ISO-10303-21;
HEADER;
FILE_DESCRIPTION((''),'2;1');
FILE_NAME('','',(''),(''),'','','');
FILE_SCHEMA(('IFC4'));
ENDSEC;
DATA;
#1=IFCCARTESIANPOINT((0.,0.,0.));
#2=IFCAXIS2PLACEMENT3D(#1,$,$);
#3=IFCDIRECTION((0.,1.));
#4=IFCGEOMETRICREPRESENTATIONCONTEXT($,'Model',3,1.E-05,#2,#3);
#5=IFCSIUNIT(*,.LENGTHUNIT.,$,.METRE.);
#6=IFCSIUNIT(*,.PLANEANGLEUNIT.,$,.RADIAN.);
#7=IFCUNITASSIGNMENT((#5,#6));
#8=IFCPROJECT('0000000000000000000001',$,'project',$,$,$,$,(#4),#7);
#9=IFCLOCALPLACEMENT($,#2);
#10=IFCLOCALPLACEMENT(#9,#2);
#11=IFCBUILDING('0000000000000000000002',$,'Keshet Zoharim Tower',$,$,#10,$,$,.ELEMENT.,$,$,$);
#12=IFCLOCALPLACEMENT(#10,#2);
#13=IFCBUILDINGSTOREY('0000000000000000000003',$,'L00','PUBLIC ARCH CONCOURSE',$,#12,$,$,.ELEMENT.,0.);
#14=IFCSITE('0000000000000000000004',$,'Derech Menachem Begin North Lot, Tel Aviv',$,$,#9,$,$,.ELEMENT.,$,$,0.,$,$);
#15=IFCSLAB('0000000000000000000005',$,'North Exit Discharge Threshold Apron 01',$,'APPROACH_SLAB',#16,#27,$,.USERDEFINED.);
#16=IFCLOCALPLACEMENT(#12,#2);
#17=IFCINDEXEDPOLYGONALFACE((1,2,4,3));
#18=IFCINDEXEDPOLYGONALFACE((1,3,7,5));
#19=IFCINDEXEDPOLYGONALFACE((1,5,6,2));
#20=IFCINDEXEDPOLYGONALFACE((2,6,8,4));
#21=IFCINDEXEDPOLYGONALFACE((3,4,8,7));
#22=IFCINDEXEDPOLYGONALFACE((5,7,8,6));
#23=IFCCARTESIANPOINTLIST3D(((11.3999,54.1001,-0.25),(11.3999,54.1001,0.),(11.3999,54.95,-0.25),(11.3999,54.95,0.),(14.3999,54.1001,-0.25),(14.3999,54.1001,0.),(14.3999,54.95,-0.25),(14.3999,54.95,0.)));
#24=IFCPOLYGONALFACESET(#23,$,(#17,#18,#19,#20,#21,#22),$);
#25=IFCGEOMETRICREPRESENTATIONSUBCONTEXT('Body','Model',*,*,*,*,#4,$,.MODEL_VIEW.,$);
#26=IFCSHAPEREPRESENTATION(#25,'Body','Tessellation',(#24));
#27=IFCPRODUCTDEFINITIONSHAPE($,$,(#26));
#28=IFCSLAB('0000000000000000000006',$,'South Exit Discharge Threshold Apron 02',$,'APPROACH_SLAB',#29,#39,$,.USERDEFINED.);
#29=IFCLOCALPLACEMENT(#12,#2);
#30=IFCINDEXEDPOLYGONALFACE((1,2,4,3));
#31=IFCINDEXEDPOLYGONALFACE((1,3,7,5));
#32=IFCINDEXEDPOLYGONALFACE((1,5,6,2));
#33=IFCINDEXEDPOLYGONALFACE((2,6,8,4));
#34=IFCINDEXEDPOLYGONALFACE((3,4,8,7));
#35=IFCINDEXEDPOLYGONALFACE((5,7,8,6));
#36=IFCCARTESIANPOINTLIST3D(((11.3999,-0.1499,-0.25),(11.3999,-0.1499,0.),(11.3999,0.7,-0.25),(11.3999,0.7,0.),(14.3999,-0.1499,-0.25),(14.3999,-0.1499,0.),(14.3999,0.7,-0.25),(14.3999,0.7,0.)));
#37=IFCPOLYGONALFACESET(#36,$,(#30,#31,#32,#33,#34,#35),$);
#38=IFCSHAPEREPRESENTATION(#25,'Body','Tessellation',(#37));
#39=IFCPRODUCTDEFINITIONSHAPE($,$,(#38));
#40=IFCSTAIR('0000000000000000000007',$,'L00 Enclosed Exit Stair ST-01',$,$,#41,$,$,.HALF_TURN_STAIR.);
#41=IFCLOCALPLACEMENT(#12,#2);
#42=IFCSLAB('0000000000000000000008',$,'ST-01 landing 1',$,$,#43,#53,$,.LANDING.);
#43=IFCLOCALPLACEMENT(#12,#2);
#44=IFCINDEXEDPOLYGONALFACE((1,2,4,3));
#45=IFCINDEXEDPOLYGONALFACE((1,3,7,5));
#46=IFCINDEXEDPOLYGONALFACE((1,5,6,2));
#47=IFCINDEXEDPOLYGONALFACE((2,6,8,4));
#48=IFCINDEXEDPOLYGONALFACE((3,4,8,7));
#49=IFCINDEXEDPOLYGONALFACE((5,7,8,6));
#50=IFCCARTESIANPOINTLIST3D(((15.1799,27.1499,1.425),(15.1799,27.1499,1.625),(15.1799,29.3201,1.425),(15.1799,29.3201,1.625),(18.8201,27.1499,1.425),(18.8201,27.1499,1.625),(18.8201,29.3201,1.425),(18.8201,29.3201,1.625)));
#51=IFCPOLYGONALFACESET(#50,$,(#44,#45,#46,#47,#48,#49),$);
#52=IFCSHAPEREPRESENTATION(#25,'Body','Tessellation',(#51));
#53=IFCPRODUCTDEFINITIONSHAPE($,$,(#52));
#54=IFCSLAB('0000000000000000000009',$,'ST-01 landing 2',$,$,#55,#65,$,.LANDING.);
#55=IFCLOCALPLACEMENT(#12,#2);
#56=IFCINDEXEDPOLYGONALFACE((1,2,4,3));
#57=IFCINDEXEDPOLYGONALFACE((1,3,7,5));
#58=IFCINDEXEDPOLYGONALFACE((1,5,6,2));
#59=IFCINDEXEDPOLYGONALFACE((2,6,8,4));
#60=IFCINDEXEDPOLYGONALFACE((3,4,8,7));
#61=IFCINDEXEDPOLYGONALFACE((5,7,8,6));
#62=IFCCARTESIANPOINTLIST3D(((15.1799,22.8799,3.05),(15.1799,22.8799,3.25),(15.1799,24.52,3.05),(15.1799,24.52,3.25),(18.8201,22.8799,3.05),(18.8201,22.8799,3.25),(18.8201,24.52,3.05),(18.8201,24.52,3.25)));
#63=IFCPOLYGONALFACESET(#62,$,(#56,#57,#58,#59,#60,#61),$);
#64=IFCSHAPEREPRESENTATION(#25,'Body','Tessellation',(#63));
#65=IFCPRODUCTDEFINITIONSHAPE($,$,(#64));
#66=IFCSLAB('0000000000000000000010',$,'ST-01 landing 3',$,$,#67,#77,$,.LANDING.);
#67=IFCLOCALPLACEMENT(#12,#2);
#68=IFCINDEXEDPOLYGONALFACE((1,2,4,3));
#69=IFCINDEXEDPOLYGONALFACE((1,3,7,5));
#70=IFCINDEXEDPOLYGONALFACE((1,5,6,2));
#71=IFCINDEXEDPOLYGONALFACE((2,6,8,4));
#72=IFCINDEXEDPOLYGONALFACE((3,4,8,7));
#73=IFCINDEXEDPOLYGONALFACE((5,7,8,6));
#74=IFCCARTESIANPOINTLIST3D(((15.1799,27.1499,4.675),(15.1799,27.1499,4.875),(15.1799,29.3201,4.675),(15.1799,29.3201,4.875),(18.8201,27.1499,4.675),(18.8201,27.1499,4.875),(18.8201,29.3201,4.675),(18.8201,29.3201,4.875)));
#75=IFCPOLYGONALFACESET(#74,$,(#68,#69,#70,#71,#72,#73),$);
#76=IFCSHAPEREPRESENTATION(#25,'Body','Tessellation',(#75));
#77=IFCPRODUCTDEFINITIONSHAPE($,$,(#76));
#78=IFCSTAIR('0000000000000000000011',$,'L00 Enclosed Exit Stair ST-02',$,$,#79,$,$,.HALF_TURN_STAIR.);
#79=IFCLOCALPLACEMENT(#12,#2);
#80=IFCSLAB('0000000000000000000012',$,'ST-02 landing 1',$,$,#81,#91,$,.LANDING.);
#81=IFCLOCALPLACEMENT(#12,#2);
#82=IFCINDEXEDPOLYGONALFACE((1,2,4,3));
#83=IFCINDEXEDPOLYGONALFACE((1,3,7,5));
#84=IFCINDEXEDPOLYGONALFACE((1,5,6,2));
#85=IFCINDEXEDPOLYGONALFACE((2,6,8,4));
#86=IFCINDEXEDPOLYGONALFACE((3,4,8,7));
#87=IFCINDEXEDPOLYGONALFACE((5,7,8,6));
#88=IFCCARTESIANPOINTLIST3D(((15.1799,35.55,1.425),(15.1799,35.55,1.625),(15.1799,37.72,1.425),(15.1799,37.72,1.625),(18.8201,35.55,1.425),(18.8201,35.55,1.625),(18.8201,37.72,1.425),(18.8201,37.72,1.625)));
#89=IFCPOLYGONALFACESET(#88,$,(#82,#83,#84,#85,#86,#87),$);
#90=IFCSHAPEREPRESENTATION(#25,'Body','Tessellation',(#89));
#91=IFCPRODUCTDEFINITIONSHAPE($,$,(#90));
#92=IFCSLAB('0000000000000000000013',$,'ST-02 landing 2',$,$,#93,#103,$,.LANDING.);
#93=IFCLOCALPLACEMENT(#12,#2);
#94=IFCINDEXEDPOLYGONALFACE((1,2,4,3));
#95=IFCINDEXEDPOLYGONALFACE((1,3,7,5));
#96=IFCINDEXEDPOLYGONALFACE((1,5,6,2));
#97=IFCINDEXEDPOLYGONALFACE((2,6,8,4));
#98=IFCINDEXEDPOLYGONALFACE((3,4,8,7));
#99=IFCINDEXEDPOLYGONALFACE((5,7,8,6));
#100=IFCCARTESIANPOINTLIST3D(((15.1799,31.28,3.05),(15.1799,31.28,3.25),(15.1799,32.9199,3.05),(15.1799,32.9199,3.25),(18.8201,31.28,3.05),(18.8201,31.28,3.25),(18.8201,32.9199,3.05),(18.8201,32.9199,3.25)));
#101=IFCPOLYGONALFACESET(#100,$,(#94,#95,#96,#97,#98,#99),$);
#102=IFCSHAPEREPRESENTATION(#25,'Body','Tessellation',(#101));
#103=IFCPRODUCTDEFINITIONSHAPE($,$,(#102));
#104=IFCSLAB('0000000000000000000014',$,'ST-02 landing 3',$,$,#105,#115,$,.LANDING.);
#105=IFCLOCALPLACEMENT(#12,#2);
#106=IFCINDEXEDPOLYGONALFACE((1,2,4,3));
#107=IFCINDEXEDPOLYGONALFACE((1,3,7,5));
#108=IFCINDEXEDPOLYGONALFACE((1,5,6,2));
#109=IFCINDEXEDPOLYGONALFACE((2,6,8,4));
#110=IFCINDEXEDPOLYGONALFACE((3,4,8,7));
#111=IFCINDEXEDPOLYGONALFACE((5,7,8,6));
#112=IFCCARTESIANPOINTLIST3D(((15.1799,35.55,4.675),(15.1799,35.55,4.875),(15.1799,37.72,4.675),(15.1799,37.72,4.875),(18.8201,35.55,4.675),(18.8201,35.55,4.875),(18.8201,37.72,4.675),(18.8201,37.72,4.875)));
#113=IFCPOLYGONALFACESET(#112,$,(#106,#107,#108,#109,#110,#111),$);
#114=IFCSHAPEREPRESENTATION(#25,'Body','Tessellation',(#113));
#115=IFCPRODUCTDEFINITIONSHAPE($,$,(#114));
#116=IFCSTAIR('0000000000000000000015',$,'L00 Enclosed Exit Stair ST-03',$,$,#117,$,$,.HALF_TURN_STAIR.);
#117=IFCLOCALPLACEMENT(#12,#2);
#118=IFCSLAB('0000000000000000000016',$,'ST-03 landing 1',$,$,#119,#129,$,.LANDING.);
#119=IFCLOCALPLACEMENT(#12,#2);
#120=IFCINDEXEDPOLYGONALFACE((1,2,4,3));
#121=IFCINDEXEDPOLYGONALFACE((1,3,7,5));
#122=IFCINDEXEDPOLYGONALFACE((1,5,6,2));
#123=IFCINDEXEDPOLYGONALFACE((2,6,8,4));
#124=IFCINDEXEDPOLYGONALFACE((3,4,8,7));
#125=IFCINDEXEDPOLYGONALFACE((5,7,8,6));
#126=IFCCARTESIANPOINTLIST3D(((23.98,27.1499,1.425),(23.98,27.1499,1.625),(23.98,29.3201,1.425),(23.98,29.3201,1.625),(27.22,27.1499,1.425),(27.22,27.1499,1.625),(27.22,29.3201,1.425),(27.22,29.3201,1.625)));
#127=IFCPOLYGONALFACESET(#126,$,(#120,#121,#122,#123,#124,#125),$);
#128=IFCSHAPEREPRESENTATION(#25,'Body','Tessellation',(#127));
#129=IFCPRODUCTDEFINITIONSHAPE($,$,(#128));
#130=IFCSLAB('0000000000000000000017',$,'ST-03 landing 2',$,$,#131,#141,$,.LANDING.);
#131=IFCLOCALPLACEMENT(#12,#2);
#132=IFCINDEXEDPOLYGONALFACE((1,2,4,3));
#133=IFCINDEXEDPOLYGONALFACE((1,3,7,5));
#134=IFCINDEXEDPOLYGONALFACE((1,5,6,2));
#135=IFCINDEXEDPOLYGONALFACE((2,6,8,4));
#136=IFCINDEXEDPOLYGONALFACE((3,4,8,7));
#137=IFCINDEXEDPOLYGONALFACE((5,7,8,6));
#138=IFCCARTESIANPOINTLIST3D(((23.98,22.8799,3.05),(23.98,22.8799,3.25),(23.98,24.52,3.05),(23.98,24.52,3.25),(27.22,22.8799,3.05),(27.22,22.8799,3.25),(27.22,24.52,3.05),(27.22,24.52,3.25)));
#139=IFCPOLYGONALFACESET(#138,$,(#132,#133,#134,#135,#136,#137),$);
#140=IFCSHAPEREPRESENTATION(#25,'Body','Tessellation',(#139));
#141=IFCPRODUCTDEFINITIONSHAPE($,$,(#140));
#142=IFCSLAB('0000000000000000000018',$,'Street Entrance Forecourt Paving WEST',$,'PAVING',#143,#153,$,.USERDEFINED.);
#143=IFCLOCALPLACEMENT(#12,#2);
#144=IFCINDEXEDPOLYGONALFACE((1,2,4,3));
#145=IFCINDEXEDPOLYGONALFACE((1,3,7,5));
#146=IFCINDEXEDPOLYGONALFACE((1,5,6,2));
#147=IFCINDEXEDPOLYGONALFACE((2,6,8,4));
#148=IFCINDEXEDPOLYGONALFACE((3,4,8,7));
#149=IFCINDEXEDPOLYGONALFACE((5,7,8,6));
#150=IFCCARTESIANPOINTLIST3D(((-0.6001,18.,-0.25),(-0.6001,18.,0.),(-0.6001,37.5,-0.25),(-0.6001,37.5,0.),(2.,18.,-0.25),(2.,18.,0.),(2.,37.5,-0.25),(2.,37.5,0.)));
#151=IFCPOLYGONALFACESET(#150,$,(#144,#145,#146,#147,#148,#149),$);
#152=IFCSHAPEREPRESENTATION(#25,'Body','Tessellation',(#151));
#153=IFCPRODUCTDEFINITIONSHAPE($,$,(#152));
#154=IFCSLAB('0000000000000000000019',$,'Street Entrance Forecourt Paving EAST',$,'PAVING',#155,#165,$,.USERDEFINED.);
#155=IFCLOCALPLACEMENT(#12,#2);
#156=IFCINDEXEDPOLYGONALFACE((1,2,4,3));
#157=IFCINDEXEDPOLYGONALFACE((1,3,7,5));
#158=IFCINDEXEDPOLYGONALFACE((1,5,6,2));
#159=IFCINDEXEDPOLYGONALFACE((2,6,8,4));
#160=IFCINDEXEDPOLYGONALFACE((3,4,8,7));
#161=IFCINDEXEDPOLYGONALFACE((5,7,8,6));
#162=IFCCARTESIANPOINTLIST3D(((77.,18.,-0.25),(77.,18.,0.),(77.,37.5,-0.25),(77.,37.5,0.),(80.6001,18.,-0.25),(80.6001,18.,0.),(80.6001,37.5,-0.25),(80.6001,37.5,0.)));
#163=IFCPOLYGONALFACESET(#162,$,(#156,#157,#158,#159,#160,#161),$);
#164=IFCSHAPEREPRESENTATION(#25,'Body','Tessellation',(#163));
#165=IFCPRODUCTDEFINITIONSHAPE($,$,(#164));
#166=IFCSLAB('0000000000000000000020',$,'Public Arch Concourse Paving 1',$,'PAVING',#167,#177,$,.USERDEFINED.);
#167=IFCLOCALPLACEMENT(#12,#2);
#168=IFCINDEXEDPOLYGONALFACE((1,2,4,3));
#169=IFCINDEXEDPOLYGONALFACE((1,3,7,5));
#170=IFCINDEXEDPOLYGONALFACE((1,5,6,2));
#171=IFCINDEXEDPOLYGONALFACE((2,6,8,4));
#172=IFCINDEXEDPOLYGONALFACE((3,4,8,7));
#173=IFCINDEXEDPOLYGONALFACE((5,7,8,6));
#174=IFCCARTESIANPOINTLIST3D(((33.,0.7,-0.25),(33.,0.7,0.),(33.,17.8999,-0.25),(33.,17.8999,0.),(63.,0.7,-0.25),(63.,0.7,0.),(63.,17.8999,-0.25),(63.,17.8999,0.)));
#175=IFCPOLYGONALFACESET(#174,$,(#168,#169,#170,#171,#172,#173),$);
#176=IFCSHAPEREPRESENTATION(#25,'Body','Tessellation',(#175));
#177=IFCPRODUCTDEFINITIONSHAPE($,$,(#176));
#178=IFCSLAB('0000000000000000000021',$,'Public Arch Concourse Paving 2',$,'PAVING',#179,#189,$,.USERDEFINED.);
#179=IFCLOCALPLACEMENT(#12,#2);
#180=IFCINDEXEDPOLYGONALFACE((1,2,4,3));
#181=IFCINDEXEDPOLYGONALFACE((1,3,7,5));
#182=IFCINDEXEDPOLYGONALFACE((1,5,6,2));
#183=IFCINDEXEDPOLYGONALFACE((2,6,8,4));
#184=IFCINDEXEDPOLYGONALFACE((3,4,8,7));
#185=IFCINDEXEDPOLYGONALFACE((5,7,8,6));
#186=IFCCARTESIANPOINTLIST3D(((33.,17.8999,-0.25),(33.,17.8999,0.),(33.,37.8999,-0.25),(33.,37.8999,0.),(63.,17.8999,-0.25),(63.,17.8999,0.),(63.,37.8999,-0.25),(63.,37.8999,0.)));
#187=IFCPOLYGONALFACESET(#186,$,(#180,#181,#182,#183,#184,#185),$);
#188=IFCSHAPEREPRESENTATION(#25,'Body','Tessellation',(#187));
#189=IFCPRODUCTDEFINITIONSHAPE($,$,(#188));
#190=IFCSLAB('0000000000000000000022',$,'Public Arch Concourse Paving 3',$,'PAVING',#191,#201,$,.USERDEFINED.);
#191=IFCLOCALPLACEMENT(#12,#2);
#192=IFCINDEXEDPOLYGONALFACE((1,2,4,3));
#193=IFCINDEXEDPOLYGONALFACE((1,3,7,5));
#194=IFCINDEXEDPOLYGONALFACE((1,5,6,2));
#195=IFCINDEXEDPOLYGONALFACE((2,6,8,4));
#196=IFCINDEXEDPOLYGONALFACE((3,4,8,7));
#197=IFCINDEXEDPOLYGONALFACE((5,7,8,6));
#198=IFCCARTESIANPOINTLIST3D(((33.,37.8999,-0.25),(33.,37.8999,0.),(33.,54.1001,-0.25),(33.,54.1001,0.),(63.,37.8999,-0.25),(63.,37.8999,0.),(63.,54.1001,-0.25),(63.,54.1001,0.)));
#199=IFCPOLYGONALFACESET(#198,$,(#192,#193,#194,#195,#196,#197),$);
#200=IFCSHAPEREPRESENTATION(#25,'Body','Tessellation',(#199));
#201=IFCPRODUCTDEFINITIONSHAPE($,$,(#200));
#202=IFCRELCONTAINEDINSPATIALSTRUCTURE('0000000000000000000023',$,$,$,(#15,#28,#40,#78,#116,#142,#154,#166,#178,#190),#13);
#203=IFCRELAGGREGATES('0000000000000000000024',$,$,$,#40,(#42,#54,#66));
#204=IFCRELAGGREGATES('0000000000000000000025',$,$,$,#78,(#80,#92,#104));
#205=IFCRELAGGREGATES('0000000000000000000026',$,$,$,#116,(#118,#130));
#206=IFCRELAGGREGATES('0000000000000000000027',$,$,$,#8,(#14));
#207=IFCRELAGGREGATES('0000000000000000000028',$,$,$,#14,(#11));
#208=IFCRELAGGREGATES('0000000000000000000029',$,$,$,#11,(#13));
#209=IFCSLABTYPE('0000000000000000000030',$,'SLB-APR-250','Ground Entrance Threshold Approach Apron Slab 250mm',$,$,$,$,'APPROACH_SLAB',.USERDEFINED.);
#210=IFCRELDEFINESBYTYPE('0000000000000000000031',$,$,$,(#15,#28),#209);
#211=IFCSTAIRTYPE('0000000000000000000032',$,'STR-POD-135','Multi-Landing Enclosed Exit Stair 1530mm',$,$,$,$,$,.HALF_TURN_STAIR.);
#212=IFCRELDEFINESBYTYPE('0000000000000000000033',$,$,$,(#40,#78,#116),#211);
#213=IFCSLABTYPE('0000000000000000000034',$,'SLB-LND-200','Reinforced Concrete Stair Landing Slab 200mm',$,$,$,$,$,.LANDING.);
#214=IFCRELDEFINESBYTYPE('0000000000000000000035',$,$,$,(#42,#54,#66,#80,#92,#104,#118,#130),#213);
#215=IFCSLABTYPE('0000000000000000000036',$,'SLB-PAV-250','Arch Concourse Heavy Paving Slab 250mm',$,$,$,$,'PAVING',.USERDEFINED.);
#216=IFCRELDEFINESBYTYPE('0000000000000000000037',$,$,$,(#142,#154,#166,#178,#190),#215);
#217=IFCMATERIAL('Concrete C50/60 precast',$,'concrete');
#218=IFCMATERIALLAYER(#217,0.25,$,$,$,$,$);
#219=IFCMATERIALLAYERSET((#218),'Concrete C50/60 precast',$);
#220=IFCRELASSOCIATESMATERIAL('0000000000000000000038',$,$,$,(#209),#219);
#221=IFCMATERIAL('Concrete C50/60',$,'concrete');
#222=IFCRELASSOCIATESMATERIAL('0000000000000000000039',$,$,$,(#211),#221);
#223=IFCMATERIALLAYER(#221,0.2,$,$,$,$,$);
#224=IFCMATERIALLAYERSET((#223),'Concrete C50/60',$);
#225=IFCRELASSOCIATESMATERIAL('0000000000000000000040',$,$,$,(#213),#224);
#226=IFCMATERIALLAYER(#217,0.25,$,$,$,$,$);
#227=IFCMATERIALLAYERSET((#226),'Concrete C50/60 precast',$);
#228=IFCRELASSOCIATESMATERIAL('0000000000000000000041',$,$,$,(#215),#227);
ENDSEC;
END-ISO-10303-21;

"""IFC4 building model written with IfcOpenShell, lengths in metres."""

from ifc_helpers import new_model, si_unit, direction, frame, origin, place, context, subcontext, project, spatial, polyline, outline, extrude, material, layer, layer_set, type_object, element, aggregate, save


model = new_model("IFC4")

# Units and contexts
model_context = context("Model", 3, precision=1e-05, world=origin(), true_north=direction((0.0, 1.0)))
body_context = subcontext(model_context, "Body", "Model", "MODEL_VIEW")
ifc_project = project(units=[si_unit("LENGTHUNIT", "METRE"), si_unit("PLANEANGLEUNIT", "RADIAN")], contexts=[model_context])

# Site, building, storey
site_placement = place(None, origin())
site = spatial("IfcSite", under=ifc_project, at=site_placement, Name="Derech Menachem Begin North Lot, Tel Aviv", CompositionType="ELEMENT", RefElevation=0.0)
building_placement = place(site_placement, origin())
building = spatial("IfcBuilding", under=site, at=building_placement, Name="Keshet Zoharim Tower", CompositionType="ELEMENT")
storey_placement = place(building_placement, origin())
storey = spatial("IfcBuildingStorey", under=building, at=storey_placement, Name="L00", Description="PUBLIC ARCH CONCOURSE", CompositionType="ELEMENT", Elevation=0.0)

# Slabs
ifc_material_1 = material(Name="Concrete C50/60 precast", Category="concrete")
ifc_layer_1 = layer(ifc_material_1, 0.25)
ifc_layer_set_1 = layer_set([ifc_layer_1], Name="Concrete C50/60 precast")
slab_type_1 = type_object("IfcSlabType", Name="SLB-APR-250", Description="Ground Entrance Threshold Approach Apron Slab 250mm", ElementType="APPROACH_SLAB", PredefinedType="USERDEFINED", material=ifc_layer_set_1)
slab_1_placement = place(storey_placement, frame((0.0, 0.0, -0.25)))
element("IfcSlab", 1, at=slab_1_placement, inside=storey, type_object=slab_type_1, Name="North Exit Discharge Threshold Apron 01", ObjectType="APPROACH_SLAB", PredefinedType="USERDEFINED", context=body_context, shape_type="SweptSolid", body=[
    extrude(outline(polyline([(11.3999, 54.1001), (11.3999, 54.95), (14.3999, 54.95), (14.3999, 54.1001), (11.3999, 54.1001)])), origin(), (0.0, 0.0, 1.0), 0.25),
])
slab_2_placement = place(storey_placement, frame((0.0, 0.0, -0.25)))
element("IfcSlab", 2, at=slab_2_placement, inside=storey, type_object=slab_type_1, Name="South Exit Discharge Threshold Apron 02", ObjectType="APPROACH_SLAB", PredefinedType="USERDEFINED", context=body_context, shape_type="SweptSolid", body=[
    extrude(outline(polyline([(11.3999, -0.1499), (11.3999, 0.7), (14.3999, 0.7), (14.3999, -0.1499), (11.3999, -0.1499)])), origin(), (0.0, 0.0, 1.0), 0.25),
])

# Stairs, slabs
ifc_material_2 = material(Name="Concrete C50/60", Category="concrete")
stair_type = type_object("IfcStairType", Name="STR-POD-135", Description="Multi-Landing Enclosed Exit Stair 1530mm", PredefinedType="HALF_TURN_STAIR", material=ifc_material_2)
stair_1_placement = place(storey_placement, origin())
stair_1 = element("IfcStair", 3, at=stair_1_placement, inside=storey, type_object=stair_type, Name="L00 Enclosed Exit Stair ST-01", PredefinedType="HALF_TURN_STAIR")
ifc_layer_2 = layer(ifc_material_2, 0.2)
ifc_layer_set_2 = layer_set([ifc_layer_2], Name="Concrete C50/60")
slab_type_2 = type_object("IfcSlabType", Name="SLB-LND-200", Description="Reinforced Concrete Stair Landing Slab 200mm", PredefinedType="LANDING", material=ifc_layer_set_2)
slab_3_placement = place(storey_placement, frame((0.0, 0.0, 1.425)))
slab_3 = element("IfcSlab", 4, at=slab_3_placement, type_object=slab_type_2, Name="ST-01 landing 1", PredefinedType="LANDING", context=body_context, shape_type="SweptSolid", body=[
    extrude(outline(polyline([(15.1799, 27.1499), (18.8201, 27.1499), (18.8201, 29.3201), (15.1799, 29.3201), (15.1799, 27.1499)])), origin(), (0.0, 0.0, 1.0), 0.2),
])
slab_4_placement = place(storey_placement, frame((0.0, 0.0, 3.05)))
slab_4 = element("IfcSlab", 5, at=slab_4_placement, type_object=slab_type_2, Name="ST-01 landing 2", PredefinedType="LANDING", context=body_context, shape_type="SweptSolid", body=[
    extrude(outline(polyline([(15.1799, 22.8799), (18.8201, 22.8799), (18.8201, 24.52), (15.1799, 24.52), (15.1799, 22.8799)])), origin(), (0.0, 0.0, 1.0), 0.2),
])
slab_5_placement = place(storey_placement, frame((0.0, 0.0, 4.675)))
slab_5 = element("IfcSlab", 6, at=slab_5_placement, type_object=slab_type_2, Name="ST-01 landing 3", PredefinedType="LANDING", context=body_context, shape_type="SweptSolid", body=[
    extrude(outline(polyline([(15.1799, 27.1499), (18.8201, 27.1499), (18.8201, 29.3201), (15.1799, 29.3201), (15.1799, 27.1499)])), origin(), (0.0, 0.0, 1.0), 0.2),
])
aggregate(stair_1, [slab_3, slab_4, slab_5])
stair_2_placement = place(storey_placement, origin())
stair_2 = element("IfcStair", 7, at=stair_2_placement, inside=storey, type_object=stair_type, Name="L00 Enclosed Exit Stair ST-02", PredefinedType="HALF_TURN_STAIR")
slab_6_placement = place(storey_placement, frame((0.0, 0.0, 1.425)))
slab_6 = element("IfcSlab", 8, at=slab_6_placement, type_object=slab_type_2, Name="ST-02 landing 1", PredefinedType="LANDING", context=body_context, shape_type="SweptSolid", body=[
    extrude(outline(polyline([(15.1799, 35.55), (18.8201, 35.55), (18.8201, 37.72), (15.1799, 37.72), (15.1799, 35.55)])), origin(), (0.0, 0.0, 1.0), 0.2),
])
slab_7_placement = place(storey_placement, frame((0.0, 0.0, 3.05)))
slab_7 = element("IfcSlab", 9, at=slab_7_placement, type_object=slab_type_2, Name="ST-02 landing 2", PredefinedType="LANDING", context=body_context, shape_type="SweptSolid", body=[
    extrude(outline(polyline([(15.1799, 31.28), (18.8201, 31.28), (18.8201, 32.9199), (15.1799, 32.9199), (15.1799, 31.28)])), origin(), (0.0, 0.0, 1.0), 0.2),
])
slab_8_placement = place(storey_placement, frame((0.0, 0.0, 4.675)))
slab_8 = element("IfcSlab", 10, at=slab_8_placement, type_object=slab_type_2, Name="ST-02 landing 3", PredefinedType="LANDING", context=body_context, shape_type="SweptSolid", body=[
    extrude(outline(polyline([(15.1799, 35.55), (18.8201, 35.55), (18.8201, 37.72), (15.1799, 37.72), (15.1799, 35.55)])), origin(), (0.0, 0.0, 1.0), 0.2),
])
aggregate(stair_2, [slab_6, slab_7, slab_8])
stair_3_placement = place(storey_placement, origin())
stair_3 = element("IfcStair", 11, at=stair_3_placement, inside=storey, type_object=stair_type, Name="L00 Enclosed Exit Stair ST-03", PredefinedType="HALF_TURN_STAIR")
slab_9_placement = place(storey_placement, frame((0.0, 0.0, 1.425)))
slab_9 = element("IfcSlab", 12, at=slab_9_placement, type_object=slab_type_2, Name="ST-03 landing 1", PredefinedType="LANDING", context=body_context, shape_type="SweptSolid", body=[
    extrude(outline(polyline([(23.98, 27.1499), (27.22, 27.1499), (27.22, 29.3201), (23.98, 29.3201), (23.98, 27.1499)])), origin(), (0.0, 0.0, 1.0), 0.2),
])
slab_10_placement = place(storey_placement, frame((0.0, 0.0, 3.05)))
slab_10 = element("IfcSlab", 13, at=slab_10_placement, type_object=slab_type_2, Name="ST-03 landing 2", PredefinedType="LANDING", context=body_context, shape_type="SweptSolid", body=[
    extrude(outline(polyline([(23.98, 22.8799), (27.22, 22.8799), (27.22, 24.52), (23.98, 24.52), (23.98, 22.8799)])), origin(), (0.0, 0.0, 1.0), 0.2),
])
aggregate(stair_3, [slab_9, slab_10])

# Slabs
ifc_layer_3 = layer(ifc_material_1, 0.25)
ifc_layer_set_3 = layer_set([ifc_layer_3], Name="Concrete C50/60 precast")
slab_type_3 = type_object("IfcSlabType", Name="SLB-PAV-250", Description="Arch Concourse Heavy Paving Slab 250mm", ElementType="PAVING", PredefinedType="USERDEFINED", material=ifc_layer_set_3)
slab_11_placement = place(storey_placement, frame((0.0, 0.0, -0.25)))
element("IfcSlab", 14, at=slab_11_placement, inside=storey, type_object=slab_type_3, Name="Street Entrance Forecourt Paving WEST", ObjectType="PAVING", PredefinedType="USERDEFINED", context=body_context, shape_type="SweptSolid", body=[
    extrude(outline(polyline([(-0.6001, 18.0), (2.0, 18.0), (2.0, 37.5), (-0.6001, 37.5), (-0.6001, 18.0)])), origin(), (0.0, 0.0, 1.0), 0.25),
])
slab_12_placement = place(storey_placement, frame((0.0, 0.0, -0.25)))
element("IfcSlab", 15, at=slab_12_placement, inside=storey, type_object=slab_type_3, Name="Street Entrance Forecourt Paving EAST", ObjectType="PAVING", PredefinedType="USERDEFINED", context=body_context, shape_type="SweptSolid", body=[
    extrude(outline(polyline([(77.0, 18.0), (80.6001, 18.0), (80.6001, 37.5), (77.0, 37.5), (77.0, 18.0)])), origin(), (0.0, 0.0, 1.0), 0.25),
])
slab_13_placement = place(storey_placement, frame((0.0, 0.0, -0.25)))
element("IfcSlab", 16, at=slab_13_placement, inside=storey, type_object=slab_type_3, Name="Public Arch Concourse Paving 1", ObjectType="PAVING", PredefinedType="USERDEFINED", context=body_context, shape_type="SweptSolid", body=[
    extrude(outline(polyline([(33.0, 0.7), (63.0, 0.7), (63.0, 17.8999), (33.0, 17.8999), (33.0, 0.7)])), origin(), (0.0, 0.0, 1.0), 0.25),
])
slab_14_placement = place(storey_placement, frame((0.0, 0.0, -0.25)))
element("IfcSlab", 17, at=slab_14_placement, inside=storey, type_object=slab_type_3, Name="Public Arch Concourse Paving 2", ObjectType="PAVING", PredefinedType="USERDEFINED", context=body_context, shape_type="SweptSolid", body=[
    extrude(outline(polyline([(33.0, 17.8999), (63.0, 17.8999), (63.0, 37.8999), (33.0, 37.8999), (33.0, 17.8999)])), origin(), (0.0, 0.0, 1.0), 0.25),
])
slab_15_placement = place(storey_placement, frame((0.0, 0.0, -0.25)))
element("IfcSlab", 18, at=slab_15_placement, inside=storey, type_object=slab_type_3, Name="Public Arch Concourse Paving 3", ObjectType="PAVING", PredefinedType="USERDEFINED", context=body_context, shape_type="SweptSolid", body=[
    extrude(outline(polyline([(33.0, 37.8999), (63.0, 37.8999), (63.0, 54.1001), (33.0, 54.1001), (33.0, 37.8999)])), origin(), (0.0, 0.0, 1.0), 0.25),
])

save(model, "model.ifc")
